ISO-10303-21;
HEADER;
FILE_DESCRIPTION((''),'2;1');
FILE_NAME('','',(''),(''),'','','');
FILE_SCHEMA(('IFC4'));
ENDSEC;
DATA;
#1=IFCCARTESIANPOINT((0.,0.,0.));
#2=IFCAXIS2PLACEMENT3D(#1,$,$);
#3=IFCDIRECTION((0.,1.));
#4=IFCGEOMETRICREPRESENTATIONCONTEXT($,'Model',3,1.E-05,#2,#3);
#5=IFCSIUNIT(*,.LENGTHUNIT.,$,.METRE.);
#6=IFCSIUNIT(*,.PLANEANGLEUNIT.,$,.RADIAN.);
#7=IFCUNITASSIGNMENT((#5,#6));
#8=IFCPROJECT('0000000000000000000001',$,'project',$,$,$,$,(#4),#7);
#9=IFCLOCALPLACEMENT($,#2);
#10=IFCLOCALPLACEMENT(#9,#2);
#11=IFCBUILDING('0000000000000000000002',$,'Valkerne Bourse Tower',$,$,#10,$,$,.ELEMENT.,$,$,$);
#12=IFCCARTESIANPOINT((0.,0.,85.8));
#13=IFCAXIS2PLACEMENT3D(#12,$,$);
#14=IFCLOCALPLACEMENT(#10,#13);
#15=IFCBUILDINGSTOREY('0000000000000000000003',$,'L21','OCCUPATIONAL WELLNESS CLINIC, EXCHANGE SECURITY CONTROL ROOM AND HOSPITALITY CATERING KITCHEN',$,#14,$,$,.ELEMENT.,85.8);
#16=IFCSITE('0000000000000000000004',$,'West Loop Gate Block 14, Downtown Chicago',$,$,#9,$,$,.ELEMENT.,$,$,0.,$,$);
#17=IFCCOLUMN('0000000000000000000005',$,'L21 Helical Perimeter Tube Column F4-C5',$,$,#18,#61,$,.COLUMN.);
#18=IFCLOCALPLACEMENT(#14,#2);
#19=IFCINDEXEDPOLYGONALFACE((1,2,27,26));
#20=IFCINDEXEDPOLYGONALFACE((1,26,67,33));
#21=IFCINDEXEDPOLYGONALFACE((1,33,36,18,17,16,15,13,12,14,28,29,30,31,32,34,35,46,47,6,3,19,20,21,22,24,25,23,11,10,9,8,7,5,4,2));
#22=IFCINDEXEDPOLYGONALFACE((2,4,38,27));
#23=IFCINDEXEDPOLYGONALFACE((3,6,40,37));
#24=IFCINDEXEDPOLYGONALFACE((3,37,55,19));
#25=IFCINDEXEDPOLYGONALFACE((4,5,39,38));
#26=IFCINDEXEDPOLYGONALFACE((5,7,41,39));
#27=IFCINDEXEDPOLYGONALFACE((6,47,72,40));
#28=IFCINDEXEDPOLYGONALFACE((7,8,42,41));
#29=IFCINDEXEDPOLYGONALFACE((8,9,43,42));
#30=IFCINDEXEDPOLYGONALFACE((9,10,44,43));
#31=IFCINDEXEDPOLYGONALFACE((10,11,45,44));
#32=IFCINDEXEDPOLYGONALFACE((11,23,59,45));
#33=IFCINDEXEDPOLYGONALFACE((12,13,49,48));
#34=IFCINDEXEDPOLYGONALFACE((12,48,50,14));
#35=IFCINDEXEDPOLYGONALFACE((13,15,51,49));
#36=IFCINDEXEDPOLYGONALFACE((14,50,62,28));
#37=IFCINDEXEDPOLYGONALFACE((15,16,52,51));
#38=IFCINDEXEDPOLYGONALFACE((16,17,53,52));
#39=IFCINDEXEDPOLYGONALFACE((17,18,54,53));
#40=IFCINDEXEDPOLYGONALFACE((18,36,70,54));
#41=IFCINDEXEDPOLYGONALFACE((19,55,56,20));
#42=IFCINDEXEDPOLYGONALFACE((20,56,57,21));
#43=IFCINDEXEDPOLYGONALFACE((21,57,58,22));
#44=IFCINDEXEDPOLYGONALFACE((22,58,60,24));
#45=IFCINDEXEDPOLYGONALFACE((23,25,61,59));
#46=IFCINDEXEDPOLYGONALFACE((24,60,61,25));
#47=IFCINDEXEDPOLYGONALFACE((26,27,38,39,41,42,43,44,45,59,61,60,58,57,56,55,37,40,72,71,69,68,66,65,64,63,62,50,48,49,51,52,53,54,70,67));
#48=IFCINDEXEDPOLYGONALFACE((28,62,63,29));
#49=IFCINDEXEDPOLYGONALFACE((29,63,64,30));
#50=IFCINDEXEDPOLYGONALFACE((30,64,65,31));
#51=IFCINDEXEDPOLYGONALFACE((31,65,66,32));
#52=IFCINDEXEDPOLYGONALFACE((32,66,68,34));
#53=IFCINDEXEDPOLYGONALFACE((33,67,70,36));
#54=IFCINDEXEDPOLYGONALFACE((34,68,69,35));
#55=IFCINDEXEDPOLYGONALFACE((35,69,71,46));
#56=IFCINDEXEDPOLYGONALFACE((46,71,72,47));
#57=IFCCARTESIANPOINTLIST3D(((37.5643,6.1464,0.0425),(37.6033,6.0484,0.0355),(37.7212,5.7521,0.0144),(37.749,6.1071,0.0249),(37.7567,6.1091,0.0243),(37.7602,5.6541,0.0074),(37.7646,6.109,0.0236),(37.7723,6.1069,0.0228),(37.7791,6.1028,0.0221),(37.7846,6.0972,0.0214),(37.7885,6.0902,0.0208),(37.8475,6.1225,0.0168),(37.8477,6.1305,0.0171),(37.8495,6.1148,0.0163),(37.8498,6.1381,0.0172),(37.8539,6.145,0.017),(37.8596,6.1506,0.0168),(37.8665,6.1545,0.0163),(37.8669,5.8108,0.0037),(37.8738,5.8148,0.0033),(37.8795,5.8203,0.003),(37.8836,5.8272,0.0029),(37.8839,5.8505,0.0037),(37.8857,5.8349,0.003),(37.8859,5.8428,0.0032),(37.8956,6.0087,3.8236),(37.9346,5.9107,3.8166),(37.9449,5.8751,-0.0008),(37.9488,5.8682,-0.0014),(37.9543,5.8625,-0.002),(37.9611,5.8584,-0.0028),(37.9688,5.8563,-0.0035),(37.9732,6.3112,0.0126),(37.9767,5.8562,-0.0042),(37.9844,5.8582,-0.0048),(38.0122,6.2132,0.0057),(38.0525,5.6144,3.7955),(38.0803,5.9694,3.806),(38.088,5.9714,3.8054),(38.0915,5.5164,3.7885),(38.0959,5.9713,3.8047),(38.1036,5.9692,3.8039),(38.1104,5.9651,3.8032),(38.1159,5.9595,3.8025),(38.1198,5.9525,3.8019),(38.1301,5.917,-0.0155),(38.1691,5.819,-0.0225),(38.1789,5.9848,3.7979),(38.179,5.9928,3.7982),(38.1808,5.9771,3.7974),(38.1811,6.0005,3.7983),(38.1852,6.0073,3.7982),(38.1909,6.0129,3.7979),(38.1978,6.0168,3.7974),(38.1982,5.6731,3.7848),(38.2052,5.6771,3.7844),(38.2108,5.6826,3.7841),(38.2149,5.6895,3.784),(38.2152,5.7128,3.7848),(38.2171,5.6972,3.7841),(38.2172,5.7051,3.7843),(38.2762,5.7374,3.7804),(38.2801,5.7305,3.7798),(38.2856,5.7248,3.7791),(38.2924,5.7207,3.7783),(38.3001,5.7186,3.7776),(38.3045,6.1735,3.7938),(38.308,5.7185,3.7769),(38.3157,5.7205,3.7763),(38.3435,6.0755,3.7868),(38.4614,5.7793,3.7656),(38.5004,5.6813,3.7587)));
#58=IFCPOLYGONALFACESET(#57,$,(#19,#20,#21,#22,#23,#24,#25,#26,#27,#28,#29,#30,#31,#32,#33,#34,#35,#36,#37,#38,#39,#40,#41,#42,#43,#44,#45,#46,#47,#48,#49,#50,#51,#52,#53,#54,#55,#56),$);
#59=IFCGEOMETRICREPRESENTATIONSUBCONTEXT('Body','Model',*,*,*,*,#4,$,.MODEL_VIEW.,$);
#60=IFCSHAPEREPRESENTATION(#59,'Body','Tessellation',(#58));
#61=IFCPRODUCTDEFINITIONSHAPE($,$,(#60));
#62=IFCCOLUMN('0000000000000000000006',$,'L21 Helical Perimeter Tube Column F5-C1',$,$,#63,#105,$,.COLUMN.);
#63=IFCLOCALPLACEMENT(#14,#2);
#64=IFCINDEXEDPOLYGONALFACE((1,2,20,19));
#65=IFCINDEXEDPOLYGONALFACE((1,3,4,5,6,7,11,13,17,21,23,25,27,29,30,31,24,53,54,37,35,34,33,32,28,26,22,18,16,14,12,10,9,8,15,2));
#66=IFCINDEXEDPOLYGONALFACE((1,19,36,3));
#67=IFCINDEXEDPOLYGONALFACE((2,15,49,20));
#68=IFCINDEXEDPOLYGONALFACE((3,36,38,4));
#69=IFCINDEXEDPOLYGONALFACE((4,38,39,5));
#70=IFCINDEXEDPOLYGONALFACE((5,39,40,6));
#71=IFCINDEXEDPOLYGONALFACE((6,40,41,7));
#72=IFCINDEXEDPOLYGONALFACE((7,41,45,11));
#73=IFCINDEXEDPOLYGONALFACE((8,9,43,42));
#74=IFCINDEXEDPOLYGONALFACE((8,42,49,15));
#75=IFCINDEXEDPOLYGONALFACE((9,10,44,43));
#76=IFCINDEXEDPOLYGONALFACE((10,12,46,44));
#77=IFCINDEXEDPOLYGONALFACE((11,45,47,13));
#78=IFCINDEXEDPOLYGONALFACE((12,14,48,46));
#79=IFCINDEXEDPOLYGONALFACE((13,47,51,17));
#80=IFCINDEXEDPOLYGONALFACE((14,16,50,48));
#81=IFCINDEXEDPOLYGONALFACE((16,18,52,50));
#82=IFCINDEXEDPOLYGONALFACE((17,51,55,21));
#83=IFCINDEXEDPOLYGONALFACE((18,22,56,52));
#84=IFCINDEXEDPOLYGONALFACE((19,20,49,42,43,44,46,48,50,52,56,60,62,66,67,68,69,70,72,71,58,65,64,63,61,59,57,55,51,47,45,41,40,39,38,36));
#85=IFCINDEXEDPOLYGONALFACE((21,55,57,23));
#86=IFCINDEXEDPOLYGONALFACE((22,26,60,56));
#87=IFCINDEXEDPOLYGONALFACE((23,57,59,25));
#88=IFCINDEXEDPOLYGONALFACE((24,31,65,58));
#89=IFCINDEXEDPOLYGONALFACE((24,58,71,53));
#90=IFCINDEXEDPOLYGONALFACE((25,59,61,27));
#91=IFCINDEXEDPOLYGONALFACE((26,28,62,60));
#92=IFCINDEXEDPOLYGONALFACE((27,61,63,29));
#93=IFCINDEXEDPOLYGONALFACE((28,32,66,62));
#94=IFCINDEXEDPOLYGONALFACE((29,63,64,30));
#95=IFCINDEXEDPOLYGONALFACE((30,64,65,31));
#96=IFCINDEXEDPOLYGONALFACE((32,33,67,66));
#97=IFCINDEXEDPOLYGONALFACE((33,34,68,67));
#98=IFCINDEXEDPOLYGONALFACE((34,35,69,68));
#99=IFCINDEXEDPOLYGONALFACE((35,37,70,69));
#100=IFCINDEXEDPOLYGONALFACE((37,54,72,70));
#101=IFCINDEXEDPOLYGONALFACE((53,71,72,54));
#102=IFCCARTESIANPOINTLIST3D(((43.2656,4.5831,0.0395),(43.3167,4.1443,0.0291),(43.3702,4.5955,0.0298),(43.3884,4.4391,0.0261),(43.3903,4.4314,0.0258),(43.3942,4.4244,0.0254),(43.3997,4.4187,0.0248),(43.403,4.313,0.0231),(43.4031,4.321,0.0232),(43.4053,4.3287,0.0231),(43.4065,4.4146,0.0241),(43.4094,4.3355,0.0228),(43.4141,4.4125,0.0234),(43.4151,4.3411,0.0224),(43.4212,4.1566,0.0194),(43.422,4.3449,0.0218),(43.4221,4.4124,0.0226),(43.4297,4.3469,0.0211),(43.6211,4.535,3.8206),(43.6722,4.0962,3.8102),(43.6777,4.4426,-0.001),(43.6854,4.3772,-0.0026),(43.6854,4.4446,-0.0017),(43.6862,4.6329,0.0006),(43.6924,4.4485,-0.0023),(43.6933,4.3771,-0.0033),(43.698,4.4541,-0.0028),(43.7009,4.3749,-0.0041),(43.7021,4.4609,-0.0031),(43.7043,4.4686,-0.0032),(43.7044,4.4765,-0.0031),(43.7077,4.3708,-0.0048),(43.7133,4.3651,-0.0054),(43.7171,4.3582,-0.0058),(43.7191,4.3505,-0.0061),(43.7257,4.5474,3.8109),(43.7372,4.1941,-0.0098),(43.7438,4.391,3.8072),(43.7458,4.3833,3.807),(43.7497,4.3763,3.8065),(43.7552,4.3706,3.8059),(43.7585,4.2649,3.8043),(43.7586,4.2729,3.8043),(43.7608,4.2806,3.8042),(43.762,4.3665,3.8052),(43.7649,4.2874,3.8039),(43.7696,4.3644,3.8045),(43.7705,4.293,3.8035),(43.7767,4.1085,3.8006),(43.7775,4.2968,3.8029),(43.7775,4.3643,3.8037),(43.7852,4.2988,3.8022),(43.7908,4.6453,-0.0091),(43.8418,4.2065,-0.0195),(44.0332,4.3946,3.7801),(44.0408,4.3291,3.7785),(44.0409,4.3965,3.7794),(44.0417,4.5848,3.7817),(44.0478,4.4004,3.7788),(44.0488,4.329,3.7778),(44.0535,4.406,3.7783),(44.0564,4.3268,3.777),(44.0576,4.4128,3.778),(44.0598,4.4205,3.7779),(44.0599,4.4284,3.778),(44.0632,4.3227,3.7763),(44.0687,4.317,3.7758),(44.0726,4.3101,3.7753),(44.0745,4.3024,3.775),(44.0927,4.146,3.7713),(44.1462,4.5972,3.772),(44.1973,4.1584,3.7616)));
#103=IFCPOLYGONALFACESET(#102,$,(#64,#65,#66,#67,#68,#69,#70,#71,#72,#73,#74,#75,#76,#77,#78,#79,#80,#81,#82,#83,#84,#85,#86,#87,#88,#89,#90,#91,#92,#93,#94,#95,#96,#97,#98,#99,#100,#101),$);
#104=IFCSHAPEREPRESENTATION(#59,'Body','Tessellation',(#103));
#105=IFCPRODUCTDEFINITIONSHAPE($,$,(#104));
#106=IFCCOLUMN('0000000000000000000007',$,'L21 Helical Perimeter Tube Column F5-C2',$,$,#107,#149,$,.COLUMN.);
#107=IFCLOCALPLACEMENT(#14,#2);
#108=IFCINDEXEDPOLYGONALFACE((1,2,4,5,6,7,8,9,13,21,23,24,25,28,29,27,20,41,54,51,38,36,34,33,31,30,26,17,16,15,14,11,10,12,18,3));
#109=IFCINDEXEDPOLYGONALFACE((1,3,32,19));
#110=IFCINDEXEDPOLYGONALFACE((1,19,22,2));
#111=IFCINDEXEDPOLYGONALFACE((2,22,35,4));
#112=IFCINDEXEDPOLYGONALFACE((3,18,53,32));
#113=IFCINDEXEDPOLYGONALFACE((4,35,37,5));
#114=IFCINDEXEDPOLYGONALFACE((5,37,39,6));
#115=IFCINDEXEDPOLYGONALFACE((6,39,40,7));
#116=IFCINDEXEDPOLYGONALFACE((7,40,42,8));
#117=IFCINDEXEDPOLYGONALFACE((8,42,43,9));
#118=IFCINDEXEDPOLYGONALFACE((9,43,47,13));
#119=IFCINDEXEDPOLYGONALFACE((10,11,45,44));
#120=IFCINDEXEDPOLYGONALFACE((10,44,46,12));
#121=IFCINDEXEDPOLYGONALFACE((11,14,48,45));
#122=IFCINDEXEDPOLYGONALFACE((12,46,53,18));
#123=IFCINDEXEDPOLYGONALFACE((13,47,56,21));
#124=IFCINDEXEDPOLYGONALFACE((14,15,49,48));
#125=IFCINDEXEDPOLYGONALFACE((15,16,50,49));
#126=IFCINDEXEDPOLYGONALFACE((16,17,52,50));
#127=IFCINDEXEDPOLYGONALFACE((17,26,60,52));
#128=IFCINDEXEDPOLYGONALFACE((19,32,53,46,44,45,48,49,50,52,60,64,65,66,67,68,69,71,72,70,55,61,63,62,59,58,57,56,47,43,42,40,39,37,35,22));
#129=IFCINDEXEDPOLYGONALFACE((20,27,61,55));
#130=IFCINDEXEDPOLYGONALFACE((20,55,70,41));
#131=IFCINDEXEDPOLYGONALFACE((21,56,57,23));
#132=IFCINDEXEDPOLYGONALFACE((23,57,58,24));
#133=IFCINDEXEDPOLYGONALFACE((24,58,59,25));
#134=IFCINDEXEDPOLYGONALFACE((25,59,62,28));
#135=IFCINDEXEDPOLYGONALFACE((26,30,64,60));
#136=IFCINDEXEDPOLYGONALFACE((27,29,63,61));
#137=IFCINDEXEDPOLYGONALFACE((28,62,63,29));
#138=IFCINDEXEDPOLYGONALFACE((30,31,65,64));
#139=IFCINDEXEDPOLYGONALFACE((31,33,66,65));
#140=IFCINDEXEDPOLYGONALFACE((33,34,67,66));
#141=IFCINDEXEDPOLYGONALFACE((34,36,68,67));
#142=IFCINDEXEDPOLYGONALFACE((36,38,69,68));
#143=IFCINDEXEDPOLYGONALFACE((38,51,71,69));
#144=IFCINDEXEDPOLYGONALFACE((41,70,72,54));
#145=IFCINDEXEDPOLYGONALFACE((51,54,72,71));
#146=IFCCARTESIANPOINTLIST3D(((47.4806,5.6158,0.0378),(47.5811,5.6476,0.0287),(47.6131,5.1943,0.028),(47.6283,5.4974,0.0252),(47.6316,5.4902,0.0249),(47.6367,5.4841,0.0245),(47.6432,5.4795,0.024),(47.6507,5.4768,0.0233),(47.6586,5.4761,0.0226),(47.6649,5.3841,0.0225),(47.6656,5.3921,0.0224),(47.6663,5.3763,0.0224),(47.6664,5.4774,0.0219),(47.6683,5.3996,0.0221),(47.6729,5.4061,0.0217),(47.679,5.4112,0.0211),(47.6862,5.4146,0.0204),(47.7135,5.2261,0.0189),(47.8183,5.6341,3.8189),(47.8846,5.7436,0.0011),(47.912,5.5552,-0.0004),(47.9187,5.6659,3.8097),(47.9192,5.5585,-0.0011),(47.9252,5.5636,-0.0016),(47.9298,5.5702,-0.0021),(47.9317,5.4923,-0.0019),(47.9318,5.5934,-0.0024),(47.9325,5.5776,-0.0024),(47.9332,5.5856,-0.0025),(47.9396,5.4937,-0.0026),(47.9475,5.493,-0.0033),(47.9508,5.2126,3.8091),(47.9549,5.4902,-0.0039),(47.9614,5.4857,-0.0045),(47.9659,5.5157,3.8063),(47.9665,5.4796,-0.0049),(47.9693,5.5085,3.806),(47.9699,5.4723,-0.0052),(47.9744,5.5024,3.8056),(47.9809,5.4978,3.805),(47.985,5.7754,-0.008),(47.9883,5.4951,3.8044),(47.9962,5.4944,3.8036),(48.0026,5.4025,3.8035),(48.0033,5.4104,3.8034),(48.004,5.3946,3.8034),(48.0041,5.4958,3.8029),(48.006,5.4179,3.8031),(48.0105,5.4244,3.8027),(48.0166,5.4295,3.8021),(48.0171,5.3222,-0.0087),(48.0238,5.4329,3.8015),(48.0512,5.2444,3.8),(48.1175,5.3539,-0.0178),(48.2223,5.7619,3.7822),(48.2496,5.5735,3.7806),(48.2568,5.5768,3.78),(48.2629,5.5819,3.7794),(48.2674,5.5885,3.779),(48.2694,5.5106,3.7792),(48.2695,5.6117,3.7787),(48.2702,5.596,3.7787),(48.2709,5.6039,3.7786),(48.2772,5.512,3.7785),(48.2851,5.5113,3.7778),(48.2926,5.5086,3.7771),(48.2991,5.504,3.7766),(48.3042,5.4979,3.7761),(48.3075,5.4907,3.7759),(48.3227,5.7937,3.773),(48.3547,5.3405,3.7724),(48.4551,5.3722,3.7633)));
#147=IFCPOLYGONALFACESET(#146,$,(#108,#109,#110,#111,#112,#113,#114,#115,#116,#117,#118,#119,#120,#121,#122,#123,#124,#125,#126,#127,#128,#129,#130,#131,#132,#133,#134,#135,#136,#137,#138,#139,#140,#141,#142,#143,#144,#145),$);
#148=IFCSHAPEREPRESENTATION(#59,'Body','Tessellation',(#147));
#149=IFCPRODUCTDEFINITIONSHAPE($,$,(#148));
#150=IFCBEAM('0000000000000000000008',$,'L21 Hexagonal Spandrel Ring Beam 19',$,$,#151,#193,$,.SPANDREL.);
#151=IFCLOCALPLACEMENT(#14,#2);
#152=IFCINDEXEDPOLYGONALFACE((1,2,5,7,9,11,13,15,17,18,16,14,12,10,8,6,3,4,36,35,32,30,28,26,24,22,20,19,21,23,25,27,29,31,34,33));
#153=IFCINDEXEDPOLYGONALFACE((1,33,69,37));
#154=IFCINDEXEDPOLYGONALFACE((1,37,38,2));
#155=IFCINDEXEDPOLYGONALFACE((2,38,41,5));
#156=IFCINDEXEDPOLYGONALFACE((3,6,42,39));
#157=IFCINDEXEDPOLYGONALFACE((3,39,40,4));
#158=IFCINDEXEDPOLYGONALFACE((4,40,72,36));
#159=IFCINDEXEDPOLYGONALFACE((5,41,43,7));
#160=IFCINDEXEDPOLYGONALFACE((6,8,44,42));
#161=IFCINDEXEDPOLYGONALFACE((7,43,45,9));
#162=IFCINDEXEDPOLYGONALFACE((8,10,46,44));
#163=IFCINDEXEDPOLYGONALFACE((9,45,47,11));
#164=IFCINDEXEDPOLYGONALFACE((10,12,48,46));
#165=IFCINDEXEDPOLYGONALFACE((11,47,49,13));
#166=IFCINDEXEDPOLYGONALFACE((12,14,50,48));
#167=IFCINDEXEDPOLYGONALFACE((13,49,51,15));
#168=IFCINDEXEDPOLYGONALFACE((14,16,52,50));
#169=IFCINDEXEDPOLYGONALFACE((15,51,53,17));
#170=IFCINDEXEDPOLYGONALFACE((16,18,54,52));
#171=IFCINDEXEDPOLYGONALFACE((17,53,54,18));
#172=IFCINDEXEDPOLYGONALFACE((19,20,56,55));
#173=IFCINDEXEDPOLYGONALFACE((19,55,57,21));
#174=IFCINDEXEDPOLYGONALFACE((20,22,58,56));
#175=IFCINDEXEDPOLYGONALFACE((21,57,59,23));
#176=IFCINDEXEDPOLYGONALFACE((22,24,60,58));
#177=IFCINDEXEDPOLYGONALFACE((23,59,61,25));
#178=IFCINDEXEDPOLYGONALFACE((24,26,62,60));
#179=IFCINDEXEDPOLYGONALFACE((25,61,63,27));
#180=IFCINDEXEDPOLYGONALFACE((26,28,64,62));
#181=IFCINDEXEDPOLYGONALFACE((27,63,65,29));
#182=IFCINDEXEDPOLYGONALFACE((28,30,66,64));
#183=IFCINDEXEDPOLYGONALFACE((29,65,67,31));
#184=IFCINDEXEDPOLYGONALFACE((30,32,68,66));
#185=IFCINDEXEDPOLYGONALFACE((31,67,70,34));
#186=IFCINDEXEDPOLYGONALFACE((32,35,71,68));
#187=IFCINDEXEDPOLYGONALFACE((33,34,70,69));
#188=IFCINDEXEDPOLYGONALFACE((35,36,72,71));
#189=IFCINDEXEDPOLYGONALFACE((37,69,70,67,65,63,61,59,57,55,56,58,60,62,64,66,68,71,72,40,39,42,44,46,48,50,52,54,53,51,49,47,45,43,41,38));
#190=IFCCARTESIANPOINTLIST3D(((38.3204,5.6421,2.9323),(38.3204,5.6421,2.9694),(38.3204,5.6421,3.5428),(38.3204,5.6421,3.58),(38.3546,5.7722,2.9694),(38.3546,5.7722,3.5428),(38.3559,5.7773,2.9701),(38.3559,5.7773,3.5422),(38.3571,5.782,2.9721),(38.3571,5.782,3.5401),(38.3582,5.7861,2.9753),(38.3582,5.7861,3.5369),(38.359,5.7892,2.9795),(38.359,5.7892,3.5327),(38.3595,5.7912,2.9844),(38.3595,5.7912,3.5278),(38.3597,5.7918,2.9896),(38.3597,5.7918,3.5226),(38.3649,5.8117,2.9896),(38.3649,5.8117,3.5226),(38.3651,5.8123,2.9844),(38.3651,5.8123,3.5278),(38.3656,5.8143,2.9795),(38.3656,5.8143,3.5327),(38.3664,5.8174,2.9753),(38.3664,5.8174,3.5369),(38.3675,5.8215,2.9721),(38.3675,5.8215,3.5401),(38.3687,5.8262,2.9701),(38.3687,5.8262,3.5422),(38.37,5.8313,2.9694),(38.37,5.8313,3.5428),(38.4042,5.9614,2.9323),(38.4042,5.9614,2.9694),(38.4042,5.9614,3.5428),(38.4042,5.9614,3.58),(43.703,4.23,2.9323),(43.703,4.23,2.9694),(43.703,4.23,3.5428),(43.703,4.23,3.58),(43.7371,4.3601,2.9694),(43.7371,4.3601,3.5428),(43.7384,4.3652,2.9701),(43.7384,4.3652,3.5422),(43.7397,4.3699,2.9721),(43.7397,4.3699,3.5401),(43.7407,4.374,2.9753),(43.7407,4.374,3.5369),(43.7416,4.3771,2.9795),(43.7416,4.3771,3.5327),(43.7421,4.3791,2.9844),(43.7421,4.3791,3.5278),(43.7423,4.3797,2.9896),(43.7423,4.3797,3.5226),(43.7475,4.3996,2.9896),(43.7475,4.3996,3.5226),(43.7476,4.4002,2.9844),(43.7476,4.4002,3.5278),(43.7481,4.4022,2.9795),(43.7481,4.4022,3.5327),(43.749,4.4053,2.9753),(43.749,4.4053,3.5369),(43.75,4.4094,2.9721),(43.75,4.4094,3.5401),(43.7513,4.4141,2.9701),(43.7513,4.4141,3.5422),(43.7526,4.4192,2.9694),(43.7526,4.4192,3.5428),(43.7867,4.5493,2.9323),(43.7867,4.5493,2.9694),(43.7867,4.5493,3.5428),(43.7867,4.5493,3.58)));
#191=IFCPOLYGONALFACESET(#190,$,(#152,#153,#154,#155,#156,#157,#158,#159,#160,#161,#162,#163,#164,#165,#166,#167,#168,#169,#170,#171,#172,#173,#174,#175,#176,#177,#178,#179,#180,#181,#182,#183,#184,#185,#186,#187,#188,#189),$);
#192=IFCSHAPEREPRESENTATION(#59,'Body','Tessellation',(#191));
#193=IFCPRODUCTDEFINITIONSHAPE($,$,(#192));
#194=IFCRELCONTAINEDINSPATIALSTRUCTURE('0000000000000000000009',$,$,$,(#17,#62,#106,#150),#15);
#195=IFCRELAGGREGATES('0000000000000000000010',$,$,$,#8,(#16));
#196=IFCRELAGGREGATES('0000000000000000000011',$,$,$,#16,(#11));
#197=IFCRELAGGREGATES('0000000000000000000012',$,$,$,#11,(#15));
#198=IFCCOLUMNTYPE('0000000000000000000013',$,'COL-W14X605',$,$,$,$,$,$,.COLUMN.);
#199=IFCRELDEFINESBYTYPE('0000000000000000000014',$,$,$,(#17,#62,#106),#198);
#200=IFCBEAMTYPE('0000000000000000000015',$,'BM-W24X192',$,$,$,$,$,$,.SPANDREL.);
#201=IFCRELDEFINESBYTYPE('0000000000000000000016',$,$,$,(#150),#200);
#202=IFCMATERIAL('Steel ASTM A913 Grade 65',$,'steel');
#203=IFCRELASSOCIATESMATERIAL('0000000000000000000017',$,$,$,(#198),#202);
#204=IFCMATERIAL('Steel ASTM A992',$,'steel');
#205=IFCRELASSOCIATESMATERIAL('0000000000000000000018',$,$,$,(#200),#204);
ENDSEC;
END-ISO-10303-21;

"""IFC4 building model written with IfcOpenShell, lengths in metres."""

from ifc_helpers import new_model, si_unit, direction, frame, origin, origin_2d, place, context, subcontext, project, spatial, i_section, extrude, material, material_profile, profile_set, type_object, element, save


model = new_model("IFC4")

# Units and contexts
model_context = context("Model", 3, precision=1e-05, world=origin(), true_north=direction((0.0, 1.0)))
body_context = subcontext(model_context, "Body", "Model", "MODEL_VIEW")
ifc_project = project(units=[si_unit("LENGTHUNIT", "METRE"), si_unit("PLANEANGLEUNIT", "RADIAN")], contexts=[model_context])

# Site, building, storey
site_placement = place(None, origin())
site = spatial("IfcSite", under=ifc_project, at=site_placement, Name="West Loop Gate Block 14, Downtown Chicago", CompositionType="ELEMENT", RefElevation=0.0)
building_placement = place(site_placement, origin())
building = spatial("IfcBuilding", under=site, at=building_placement, Name="Valkerne Bourse Tower", CompositionType="ELEMENT")
storey_placement = place(building_placement, frame((0.0, 0.0, 85.8)))
storey = spatial("IfcBuildingStorey", under=building, at=storey_placement, Name="L21", Description="OCCUPATIONAL WELLNESS CLINIC, EXCHANGE SECURITY CONTROL ROOM AND HOSPITALITY CATERING KITCHEN", CompositionType="ELEMENT", Elevation=85.8)

# Columns
ifc_material_1 = material(Name="Steel ASTM A913 Grade 65", Category="steel")
ifc_material_profile_1 = material_profile(ifc_material_1, i_section(OverallWidth=0.4419, OverallDepth=0.531, WebThickness=0.0659, FlangeThickness=0.1057, FilletRadius=0.0305, at=origin_2d()), Name="W14X605")
ifc_profile_set_1 = profile_set([ifc_material_profile_1], Name="Steel ASTM A913 Grade 65")
column_type = type_object("IfcColumnType", Name="COL-W14X605", PredefinedType="COLUMN", material=ifc_profile_set_1)
for number, where, z_axis, x_axis, name in (
    (1, (37.8667, 5.9827, 0.01), (0.08723, -0.036255, 0.995528), (0.925334, 0.373098, -0.067492), "L21 Helical Perimeter Tube Column F4-C5"),
    (2, (43.5537, 4.3948, 0.01), (0.093594, -0.012663, 0.99553), (-0.115475, 0.993033, 0.023488), "L21 Helical Perimeter Tube Column F5-C1"),
):
    element("IfcColumn", number, at=place(storey_placement, frame(where, z_axis=z_axis, x_axis=x_axis)), inside=storey, type_object=column_type, Name=name, PredefinedType="COLUMN", context=body_context, shape_type="SweptSolid", body=[
        extrude(i_section(OverallWidth=0.4419, OverallDepth=0.531, WebThickness=0.0659, FlangeThickness=0.1057, FilletRadius=0.0305, at=origin_2d()), origin(), (0.0, 0.0, 1.0), 3.7981),
    ])
column_placement = place(storey_placement, frame((47.7991, 5.4849, 0.01), z_axis=(0.088946, 0.004824, 0.996025), x_axis=(-0.299787, 0.953749, 0.022152)))
element("IfcColumn", 3, at=column_placement, inside=storey, type_object=column_type, Name="L21 Helical Perimeter Tube Column F5-C2", PredefinedType="COLUMN", context=body_context, shape_type="SweptSolid", body=[
    extrude(i_section(OverallWidth=0.4419, OverallDepth=0.531, WebThickness=0.0659, FlangeThickness=0.1057, FilletRadius=0.0305, at=origin_2d()), origin(), (0.0, 0.0, 1.0), 3.7961),
])

# Beam
ifc_material_2 = material(Name="Steel ASTM A992", Category="steel")
ifc_material_profile_2 = material_profile(ifc_material_2, i_section(OverallWidth=0.3301, OverallDepth=0.6477, WebThickness=0.0205, FlangeThickness=0.0371, FilletRadius=0.0203, at=origin_2d()), Name="W24X192")
ifc_profile_set_2 = profile_set([ifc_material_profile_2], Name="Steel ASTM A992")
beam_type_1 = type_object("IfcBeamType", Name="BM-W24X192", PredefinedType="SPANDREL", material=ifc_profile_set_2)
beam_1_placement = place(storey_placement, frame((38.3623, 5.8018, 3.2561), z_axis=(0.967267, -0.253761, 0.0), x_axis=(0.253761, 0.967267, 0.0)))
element("IfcBeam", 4, at=beam_1_placement, inside=storey, type_object=beam_type_1, Name="L21 Hexagonal Spandrel Ring Beam 19", PredefinedType="SPANDREL", context=body_context, shape_type="SweptSolid", body=[
    extrude(i_section(OverallWidth=0.3301, OverallDepth=0.6477, WebThickness=0.0205, FlangeThickness=0.0371, FilletRadius=0.0203, at=origin_2d()), origin(), (0.0, 0.0, 1.0), 5.5647),
])

save(model, "model.ifc")
